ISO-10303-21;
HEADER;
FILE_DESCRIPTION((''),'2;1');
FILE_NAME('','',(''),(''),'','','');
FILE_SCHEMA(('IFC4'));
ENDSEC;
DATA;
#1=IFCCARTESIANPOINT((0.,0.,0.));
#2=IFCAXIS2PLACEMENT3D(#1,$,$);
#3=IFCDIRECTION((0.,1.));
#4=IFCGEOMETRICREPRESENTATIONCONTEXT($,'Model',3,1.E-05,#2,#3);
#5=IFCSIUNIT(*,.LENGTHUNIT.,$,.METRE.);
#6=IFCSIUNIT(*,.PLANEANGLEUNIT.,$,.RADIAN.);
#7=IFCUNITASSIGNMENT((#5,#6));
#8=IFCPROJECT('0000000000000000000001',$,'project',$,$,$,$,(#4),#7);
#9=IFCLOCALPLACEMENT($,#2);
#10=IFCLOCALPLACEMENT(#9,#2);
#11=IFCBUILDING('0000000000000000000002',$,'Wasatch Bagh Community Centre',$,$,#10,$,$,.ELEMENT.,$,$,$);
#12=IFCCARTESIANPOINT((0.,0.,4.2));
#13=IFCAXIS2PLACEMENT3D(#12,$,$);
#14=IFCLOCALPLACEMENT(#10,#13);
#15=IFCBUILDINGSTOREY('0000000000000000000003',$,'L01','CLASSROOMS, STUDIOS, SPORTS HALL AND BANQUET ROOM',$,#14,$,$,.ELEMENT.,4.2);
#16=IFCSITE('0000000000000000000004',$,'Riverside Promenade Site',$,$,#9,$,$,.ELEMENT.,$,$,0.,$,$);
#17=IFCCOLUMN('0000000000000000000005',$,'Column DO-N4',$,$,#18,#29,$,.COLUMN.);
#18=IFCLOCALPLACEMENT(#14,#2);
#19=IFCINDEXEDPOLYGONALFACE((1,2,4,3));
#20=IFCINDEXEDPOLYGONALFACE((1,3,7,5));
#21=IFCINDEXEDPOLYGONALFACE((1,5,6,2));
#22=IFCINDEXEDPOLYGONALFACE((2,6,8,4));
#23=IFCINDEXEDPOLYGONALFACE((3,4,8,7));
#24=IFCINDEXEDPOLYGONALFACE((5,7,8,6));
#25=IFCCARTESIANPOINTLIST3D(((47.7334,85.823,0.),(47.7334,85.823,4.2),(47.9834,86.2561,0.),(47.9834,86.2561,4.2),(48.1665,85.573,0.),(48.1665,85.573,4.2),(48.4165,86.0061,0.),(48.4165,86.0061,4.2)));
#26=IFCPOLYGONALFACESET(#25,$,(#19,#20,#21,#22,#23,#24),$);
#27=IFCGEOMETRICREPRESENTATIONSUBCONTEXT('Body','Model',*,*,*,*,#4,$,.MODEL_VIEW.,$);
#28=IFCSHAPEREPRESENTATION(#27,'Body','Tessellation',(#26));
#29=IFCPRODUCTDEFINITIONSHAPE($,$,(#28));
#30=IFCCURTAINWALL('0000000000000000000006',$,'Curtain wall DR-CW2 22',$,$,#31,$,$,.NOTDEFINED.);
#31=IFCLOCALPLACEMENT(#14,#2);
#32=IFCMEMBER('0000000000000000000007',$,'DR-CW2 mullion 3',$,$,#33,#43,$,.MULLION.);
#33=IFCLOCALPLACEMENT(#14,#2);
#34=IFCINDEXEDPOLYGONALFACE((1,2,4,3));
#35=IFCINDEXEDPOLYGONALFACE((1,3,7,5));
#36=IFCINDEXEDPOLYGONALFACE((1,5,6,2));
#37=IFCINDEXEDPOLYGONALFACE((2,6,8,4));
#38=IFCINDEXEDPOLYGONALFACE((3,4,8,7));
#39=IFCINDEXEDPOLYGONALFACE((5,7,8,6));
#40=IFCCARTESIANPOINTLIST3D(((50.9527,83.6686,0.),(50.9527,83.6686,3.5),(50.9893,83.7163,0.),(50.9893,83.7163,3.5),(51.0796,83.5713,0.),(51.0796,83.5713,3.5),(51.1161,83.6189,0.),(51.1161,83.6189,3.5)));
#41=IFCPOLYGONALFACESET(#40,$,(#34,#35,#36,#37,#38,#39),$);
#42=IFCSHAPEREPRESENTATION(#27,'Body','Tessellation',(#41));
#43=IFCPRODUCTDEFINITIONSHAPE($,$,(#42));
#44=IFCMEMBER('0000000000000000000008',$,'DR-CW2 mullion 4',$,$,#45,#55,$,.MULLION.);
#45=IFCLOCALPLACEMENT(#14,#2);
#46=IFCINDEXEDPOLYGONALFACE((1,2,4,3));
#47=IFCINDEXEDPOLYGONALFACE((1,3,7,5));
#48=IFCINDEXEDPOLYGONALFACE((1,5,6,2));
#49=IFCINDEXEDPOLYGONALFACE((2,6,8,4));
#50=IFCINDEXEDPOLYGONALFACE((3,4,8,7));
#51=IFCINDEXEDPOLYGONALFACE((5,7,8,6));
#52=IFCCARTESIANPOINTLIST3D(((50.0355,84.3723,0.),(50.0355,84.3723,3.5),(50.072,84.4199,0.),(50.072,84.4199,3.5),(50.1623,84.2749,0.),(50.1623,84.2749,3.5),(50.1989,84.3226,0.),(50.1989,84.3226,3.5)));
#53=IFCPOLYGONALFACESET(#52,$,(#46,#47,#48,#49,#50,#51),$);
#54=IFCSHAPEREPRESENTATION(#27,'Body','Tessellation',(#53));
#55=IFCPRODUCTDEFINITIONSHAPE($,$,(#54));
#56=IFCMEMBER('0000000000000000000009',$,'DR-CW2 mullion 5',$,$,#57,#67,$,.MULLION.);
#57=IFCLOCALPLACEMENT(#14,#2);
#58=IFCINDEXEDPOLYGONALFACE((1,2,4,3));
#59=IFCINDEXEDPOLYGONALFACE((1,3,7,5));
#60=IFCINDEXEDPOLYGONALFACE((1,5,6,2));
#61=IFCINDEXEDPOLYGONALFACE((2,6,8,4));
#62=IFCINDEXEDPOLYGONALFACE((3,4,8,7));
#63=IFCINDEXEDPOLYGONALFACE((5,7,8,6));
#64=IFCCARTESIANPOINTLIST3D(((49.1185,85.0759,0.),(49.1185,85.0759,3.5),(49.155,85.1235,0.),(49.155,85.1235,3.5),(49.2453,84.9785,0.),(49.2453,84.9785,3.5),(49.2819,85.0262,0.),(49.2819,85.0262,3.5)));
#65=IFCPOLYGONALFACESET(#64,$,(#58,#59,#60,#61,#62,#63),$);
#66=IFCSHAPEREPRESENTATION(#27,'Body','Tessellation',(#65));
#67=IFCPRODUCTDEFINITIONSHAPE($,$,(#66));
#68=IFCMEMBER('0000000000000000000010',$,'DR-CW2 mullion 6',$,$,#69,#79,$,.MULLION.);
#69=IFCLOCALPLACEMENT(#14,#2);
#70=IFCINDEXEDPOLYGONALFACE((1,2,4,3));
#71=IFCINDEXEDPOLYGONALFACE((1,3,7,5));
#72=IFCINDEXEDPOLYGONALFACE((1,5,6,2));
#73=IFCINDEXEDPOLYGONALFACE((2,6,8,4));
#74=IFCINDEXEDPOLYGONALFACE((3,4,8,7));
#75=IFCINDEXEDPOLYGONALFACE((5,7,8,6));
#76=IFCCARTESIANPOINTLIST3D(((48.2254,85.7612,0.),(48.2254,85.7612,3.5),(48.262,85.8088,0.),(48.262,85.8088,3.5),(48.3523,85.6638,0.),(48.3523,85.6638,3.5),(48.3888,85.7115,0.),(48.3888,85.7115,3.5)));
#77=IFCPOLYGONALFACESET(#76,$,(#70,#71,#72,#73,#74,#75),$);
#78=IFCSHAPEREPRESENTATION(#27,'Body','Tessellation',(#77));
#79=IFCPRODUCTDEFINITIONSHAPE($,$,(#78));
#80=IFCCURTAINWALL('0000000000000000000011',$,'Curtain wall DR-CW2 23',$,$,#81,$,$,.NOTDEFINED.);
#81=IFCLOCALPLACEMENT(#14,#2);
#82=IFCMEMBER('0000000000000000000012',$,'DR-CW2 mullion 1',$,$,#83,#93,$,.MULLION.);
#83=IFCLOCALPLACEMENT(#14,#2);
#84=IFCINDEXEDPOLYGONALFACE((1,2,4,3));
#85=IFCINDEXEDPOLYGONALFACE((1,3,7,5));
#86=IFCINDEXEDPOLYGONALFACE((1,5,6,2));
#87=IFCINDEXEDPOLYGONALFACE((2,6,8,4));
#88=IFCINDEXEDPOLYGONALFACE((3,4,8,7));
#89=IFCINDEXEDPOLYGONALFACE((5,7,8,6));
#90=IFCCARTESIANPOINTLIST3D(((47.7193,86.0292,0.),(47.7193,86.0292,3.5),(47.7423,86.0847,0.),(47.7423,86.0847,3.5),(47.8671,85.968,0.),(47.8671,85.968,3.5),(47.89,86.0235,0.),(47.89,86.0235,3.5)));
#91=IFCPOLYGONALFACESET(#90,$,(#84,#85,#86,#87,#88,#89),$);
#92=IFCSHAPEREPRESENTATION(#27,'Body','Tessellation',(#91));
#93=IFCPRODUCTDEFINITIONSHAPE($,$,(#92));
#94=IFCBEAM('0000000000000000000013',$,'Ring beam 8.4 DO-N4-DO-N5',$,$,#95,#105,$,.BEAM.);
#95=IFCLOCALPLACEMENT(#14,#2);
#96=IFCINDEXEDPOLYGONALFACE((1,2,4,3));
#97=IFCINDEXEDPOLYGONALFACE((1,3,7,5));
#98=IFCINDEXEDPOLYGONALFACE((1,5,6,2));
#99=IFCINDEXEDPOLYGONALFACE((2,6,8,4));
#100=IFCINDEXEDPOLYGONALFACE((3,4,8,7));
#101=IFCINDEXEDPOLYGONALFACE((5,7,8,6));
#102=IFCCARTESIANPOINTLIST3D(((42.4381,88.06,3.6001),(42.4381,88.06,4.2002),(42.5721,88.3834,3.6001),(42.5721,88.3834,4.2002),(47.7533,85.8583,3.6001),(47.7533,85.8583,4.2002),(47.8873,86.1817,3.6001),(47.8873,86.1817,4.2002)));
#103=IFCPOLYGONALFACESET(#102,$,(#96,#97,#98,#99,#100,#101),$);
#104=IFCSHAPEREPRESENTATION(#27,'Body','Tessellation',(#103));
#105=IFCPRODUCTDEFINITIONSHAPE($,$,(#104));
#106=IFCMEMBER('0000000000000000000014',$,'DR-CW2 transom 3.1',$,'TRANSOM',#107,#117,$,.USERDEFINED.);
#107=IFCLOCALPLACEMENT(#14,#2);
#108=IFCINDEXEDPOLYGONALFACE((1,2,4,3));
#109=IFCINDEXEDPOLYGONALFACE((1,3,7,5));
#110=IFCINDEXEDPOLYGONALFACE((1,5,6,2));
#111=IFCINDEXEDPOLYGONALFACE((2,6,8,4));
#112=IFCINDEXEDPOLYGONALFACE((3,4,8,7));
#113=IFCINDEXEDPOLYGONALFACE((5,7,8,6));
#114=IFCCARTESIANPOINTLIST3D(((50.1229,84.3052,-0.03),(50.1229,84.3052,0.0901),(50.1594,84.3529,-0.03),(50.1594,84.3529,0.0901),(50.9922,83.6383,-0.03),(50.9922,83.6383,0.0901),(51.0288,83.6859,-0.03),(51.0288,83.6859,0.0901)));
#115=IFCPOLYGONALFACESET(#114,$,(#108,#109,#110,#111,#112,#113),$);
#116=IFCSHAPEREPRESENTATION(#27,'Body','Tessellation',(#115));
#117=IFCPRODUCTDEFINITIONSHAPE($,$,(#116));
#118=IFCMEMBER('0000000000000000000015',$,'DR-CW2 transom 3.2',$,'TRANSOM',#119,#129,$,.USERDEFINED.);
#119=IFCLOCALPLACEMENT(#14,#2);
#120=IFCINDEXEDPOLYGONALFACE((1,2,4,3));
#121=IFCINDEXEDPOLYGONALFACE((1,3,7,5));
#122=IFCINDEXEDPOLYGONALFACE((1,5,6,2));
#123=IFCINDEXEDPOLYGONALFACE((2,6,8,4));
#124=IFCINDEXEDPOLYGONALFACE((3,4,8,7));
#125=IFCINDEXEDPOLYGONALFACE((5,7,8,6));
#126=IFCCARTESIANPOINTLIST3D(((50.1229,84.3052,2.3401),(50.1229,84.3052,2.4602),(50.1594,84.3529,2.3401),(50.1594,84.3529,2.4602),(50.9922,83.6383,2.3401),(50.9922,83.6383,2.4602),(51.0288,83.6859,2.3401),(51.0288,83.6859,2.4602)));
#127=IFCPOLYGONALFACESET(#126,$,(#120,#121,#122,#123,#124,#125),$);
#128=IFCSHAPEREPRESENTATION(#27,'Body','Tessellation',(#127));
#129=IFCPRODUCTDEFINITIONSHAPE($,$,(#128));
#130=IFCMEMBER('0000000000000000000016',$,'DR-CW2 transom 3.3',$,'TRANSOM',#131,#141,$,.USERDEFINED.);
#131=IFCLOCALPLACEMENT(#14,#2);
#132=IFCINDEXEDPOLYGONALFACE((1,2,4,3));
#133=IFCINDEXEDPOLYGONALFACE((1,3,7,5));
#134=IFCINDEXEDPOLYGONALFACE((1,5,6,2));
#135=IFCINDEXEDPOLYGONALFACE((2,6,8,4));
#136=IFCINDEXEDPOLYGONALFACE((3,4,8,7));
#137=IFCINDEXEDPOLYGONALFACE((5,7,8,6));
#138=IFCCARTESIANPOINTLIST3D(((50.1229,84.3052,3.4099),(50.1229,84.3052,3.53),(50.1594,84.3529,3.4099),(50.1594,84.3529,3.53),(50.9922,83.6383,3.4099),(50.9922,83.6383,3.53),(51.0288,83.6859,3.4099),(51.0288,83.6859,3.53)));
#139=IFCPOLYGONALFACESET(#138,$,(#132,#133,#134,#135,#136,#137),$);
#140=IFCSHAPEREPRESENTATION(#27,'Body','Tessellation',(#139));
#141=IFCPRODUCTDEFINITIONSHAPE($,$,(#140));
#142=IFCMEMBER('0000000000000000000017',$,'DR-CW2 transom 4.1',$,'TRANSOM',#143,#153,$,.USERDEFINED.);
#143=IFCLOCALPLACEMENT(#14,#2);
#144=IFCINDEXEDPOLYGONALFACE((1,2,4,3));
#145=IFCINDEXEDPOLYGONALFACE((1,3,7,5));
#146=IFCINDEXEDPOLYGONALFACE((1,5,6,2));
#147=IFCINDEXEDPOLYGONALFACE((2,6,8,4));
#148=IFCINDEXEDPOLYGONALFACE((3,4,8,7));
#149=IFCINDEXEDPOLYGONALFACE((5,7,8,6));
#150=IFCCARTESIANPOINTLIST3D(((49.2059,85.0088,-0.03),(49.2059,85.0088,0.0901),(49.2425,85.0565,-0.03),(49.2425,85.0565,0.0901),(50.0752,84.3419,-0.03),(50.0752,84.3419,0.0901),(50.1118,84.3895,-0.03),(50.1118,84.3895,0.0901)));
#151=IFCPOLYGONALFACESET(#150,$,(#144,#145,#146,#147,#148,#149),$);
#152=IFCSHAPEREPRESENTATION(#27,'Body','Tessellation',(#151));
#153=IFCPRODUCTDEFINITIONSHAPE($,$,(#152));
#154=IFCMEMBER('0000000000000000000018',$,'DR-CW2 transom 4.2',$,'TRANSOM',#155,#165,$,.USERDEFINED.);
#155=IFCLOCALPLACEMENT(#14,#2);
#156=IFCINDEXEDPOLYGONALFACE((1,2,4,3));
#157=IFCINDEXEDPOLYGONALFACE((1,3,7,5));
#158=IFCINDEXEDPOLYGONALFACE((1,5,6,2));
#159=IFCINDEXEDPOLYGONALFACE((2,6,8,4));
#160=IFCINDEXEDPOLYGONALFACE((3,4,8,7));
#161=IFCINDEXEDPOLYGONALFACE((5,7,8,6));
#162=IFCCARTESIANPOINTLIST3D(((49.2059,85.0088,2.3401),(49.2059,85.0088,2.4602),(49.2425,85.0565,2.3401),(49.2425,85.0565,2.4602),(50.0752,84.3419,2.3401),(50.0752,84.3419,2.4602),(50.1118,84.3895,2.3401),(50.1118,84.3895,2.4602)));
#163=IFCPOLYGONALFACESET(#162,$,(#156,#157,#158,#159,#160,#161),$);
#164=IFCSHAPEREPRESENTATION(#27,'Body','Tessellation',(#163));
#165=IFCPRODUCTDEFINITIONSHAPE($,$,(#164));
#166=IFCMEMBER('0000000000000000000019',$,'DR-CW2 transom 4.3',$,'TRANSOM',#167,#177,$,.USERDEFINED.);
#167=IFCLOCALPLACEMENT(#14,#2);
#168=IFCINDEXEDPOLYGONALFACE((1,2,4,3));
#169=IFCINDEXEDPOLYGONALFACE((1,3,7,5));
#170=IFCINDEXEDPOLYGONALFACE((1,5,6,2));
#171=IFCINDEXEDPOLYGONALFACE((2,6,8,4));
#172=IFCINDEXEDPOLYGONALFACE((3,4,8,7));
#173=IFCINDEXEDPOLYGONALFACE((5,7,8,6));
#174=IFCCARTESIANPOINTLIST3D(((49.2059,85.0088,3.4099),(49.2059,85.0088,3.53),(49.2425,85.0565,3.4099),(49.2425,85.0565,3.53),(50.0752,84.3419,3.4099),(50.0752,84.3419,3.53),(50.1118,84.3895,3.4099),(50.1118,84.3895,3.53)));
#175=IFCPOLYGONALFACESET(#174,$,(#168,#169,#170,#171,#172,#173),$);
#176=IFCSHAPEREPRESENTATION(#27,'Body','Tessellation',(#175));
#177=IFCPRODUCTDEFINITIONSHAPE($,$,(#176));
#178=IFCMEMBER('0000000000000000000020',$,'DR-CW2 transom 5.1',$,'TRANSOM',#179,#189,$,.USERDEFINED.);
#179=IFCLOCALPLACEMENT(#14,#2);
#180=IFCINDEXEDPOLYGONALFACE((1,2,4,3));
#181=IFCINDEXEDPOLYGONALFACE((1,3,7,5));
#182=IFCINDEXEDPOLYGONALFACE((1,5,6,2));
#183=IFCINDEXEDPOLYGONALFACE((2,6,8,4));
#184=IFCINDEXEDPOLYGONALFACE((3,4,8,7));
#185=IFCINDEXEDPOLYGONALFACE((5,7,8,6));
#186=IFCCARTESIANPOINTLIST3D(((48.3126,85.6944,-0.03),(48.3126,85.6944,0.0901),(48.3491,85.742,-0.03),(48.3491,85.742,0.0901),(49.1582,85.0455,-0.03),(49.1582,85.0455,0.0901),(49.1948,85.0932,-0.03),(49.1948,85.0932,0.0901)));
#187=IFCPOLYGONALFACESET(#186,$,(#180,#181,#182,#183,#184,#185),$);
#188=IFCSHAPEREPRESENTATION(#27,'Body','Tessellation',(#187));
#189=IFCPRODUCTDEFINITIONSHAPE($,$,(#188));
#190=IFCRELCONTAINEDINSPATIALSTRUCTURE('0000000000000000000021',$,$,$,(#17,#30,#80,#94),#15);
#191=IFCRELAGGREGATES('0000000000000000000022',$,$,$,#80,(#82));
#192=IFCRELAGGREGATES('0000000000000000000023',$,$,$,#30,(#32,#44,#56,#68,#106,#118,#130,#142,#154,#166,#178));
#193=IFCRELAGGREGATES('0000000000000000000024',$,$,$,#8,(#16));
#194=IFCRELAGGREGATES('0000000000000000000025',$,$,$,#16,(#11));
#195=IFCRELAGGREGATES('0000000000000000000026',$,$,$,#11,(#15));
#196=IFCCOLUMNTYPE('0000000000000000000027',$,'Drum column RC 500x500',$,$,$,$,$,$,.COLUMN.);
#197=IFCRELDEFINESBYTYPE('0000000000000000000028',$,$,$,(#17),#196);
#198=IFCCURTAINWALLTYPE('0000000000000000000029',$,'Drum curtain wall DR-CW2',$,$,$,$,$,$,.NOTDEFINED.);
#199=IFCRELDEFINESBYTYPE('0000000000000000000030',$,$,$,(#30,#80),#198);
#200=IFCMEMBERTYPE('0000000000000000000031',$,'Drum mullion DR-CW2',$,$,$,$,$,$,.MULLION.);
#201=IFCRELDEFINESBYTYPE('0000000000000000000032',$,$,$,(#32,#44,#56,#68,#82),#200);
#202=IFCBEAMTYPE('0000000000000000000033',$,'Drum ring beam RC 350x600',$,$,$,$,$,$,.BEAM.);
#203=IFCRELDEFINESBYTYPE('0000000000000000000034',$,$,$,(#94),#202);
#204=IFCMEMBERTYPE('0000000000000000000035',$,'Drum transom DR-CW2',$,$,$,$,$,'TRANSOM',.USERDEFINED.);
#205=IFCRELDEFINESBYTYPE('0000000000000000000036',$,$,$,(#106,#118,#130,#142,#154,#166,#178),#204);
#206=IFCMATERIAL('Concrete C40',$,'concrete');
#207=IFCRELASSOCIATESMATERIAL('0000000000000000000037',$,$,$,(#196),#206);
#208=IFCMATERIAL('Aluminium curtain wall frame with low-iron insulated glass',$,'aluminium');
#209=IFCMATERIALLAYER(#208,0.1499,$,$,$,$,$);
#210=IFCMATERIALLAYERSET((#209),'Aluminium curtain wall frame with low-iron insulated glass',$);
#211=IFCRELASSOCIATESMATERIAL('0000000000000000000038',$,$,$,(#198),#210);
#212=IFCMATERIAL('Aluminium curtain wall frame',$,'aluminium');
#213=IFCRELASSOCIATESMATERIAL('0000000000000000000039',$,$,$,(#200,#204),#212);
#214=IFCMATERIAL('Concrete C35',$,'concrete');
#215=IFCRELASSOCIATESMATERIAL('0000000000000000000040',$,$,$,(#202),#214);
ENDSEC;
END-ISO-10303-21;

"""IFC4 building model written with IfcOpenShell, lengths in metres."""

from ifc_helpers import new_model, si_unit, direction, frame, origin, origin_2d, place, context, subcontext, project, spatial, rectangle, extrude, material, layer, layer_set, material_profile, profile_set, type_object, element, aggregate, save


model = new_model("IFC4")

# Units and contexts
model_context = context("Model", 3, precision=1e-05, world=origin(), true_north=direction((0.0, 1.0)))
body_context = subcontext(model_context, "Body", "Model", "MODEL_VIEW")
ifc_project = project(units=[si_unit("LENGTHUNIT", "METRE"), si_unit("PLANEANGLEUNIT", "RADIAN")], contexts=[model_context])

# Site, building, storey
site_placement = place(None, origin())
site = spatial("IfcSite", under=ifc_project, at=site_placement, Name="Riverside Promenade Site", CompositionType="ELEMENT", RefElevation=0.0)
building_placement = place(site_placement, origin())
building = spatial("IfcBuilding", under=site, at=building_placement, Name="Wasatch Bagh Community Centre", CompositionType="ELEMENT")
storey_placement = place(building_placement, frame((0.0, 0.0, 4.2)))
storey = spatial("IfcBuildingStorey", under=building, at=storey_placement, Name="L01", Description="CLASSROOMS, STUDIOS, SPORTS HALL AND BANQUET ROOM", CompositionType="ELEMENT", Elevation=4.2)

# Column
ifc_material_1 = material(Name="Concrete C40", Category="concrete")
ifc_material_profile_1 = material_profile(ifc_material_1, rectangle(XDim=0.5, YDim=0.5, at=origin_2d()), Name="RC 500x500")
ifc_profile_set_1 = profile_set([ifc_material_profile_1], Name="Concrete C40")
column_type = type_object("IfcColumnType", Name="Drum column RC 500x500", PredefinedType="COLUMN", material=ifc_profile_set_1)
column_placement = place(storey_placement, frame((48.075, 85.9146, 0.0), z_axis=(0.0, 0.0, 1.0), x_axis=(0.5, 0.866025, 0.0)))
element("IfcColumn", 1, at=column_placement, inside=storey, type_object=column_type, Name="Column DO-N4", PredefinedType="COLUMN", context=body_context, shape_type="SweptSolid", body=[
    extrude(rectangle(XDim=0.5, YDim=0.5, at=origin_2d()), origin(), (0.0, 0.0, 1.0), 4.2),
])

# Curtain wall, members
ifc_material_2 = material(Name="Aluminium curtain wall frame with low-iron insulated glass", Category="aluminium")
ifc_layer_1 = layer(ifc_material_2, 0.1499)
ifc_layer_set_1 = layer_set([ifc_layer_1], Name="Aluminium curtain wall frame with low-iron insulated glass")
curtain_wall_type = type_object("IfcCurtainWallType", Name="Drum curtain wall DR-CW2", PredefinedType="NOTDEFINED", material=ifc_layer_set_1)
curtain_wall_1_placement = place(storey_placement, origin())
curtain_wall_1 = element("IfcCurtainWall", 2, at=curtain_wall_1_placement, inside=storey, type_object=curtain_wall_type, Name="Curtain wall DR-CW2 22", PredefinedType="NOTDEFINED")
ifc_material_3 = material(Name="Aluminium curtain wall frame", Category="aluminium")
ifc_material_profile_2 = material_profile(ifc_material_3, rectangle(XDim=0.0601, YDim=0.1599, at=origin_2d()), Name="Drum mullion DR-CW2")
ifc_profile_set_2 = profile_set([ifc_material_profile_2], Name="Aluminium curtain wall frame")
member_type_1 = type_object("IfcMemberType", Name="Drum mullion DR-CW2", PredefinedType="MULLION", material=ifc_profile_set_2)
member_1_placement = place(storey_placement, frame((51.0344, 83.6438, 0.0), z_axis=(0.0, 0.0, 1.0), x_axis=(-0.608761, -0.793353, 0.0)))
member_1 = element("IfcMember", 3, at=member_1_placement, type_object=member_type_1, Name="DR-CW2 mullion 3", PredefinedType="MULLION", context=body_context, shape_type="SweptSolid", body=[
    extrude(rectangle(XDim=0.0601, YDim=0.1599, at=origin_2d()), origin(), (0.0, 0.0, 1.0), 3.5),
])
member_2_placement = place(storey_placement, frame((50.1172, 84.3474, 0.0), z_axis=(0.0, 0.0, 1.0), x_axis=(-0.608761, -0.793353, 0.0)))
member_2 = element("IfcMember", 4, at=member_2_placement, type_object=member_type_1, Name="DR-CW2 mullion 4", PredefinedType="MULLION", context=body_context, shape_type="SweptSolid", body=[
    extrude(rectangle(XDim=0.0601, YDim=0.1599, at=origin_2d()), origin(), (0.0, 0.0, 1.0), 3.5),
])
member_3_placement = place(storey_placement, frame((49.2002, 85.051, 0.0), z_axis=(0.0, 0.0, 1.0), x_axis=(-0.608761, -0.793353, 0.0)))
member_3 = element("IfcMember", 5, at=member_3_placement, type_object=member_type_1, Name="DR-CW2 mullion 5", PredefinedType="MULLION", context=body_context, shape_type="SweptSolid", body=[
    extrude(rectangle(XDim=0.0601, YDim=0.1599, at=origin_2d()), origin(), (0.0, 0.0, 1.0), 3.5),
])
member_4_placement = place(storey_placement, frame((48.3071, 85.7363, 0.0), z_axis=(0.0, 0.0, 1.0), x_axis=(-0.608761, -0.793353, 0.0)))
member_4 = element("IfcMember", 6, at=member_4_placement, type_object=member_type_1, Name="DR-CW2 mullion 6", PredefinedType="MULLION", context=body_context, shape_type="SweptSolid", body=[
    extrude(rectangle(XDim=0.0601, YDim=0.1599, at=origin_2d()), origin(), (0.0, 0.0, 1.0), 3.5),
])

# Curtain wall, member
curtain_wall_2_placement = place(storey_placement, origin())
curtain_wall_2 = element("IfcCurtainWall", 7, at=curtain_wall_2_placement, inside=storey, type_object=curtain_wall_type, Name="Curtain wall DR-CW2 23", PredefinedType="NOTDEFINED")
member_5_placement = place(storey_placement, frame((47.8047, 86.0264, 0.0), z_axis=(0.0, 0.0, 1.0), x_axis=(-0.382683, -0.92388, 0.0)))
member_5 = element("IfcMember", 8, at=member_5_placement, type_object=member_type_1, Name="DR-CW2 mullion 1", PredefinedType="MULLION", context=body_context, shape_type="SweptSolid", body=[
    extrude(rectangle(XDim=0.0601, YDim=0.1599, at=origin_2d()), origin(), (0.0, 0.0, 1.0), 3.5),
])
aggregate(curtain_wall_2, [member_5])

# Beam
ifc_material_4 = material(Name="Concrete C35", Category="concrete")
ifc_material_profile_3 = material_profile(ifc_material_4, rectangle(XDim=0.3501, YDim=0.6001, at=origin_2d()), Name="RC 350x600")
ifc_profile_set_3 = profile_set([ifc_material_profile_3], Name="Concrete C35")
beam_type = type_object("IfcBeamType", Name="Drum ring beam RC 350x600", PredefinedType="BEAM", material=ifc_profile_set_3)
beam_placement = place(storey_placement, frame((47.8203, 86.02, 3.9001), z_axis=(-0.923877, 0.382689, 0.0), x_axis=(-0.382689, -0.923877, 0.0)))
element("IfcBeam", 9, at=beam_placement, inside=storey, type_object=beam_type, Name="Ring beam 8.4 DO-N4-DO-N5", PredefinedType="BEAM", context=body_context, shape_type="SweptSolid", body=[
    extrude(rectangle(XDim=0.3501, YDim=0.6001, at=origin_2d()), origin(), (0.0, 0.0, 1.0), 5.7532),
])

# Members
ifc_material_profile_4 = material_profile(ifc_material_3, rectangle(XDim=0.0601, YDim=0.1201, at=origin_2d()), Name="Drum transom DR-CW2")
ifc_profile_set_4 = profile_set([ifc_material_profile_4], Name="Aluminium curtain wall frame")
member_type_2 = type_object("IfcMemberType", Name="Drum transom DR-CW2", ElementType="TRANSOM", PredefinedType="USERDEFINED", material=ifc_profile_set_4)
member_6_placement = place(storey_placement, frame((51.0105, 83.6621, 0.03), z_axis=(-0.793402, 0.608698, 0.0), x_axis=(-0.608698, -0.793402, 0.0)))
member_6 = element("IfcMember", 10, at=member_6_placement, type_object=member_type_2, Name="DR-CW2 transom 3.1", ObjectType="TRANSOM", PredefinedType="USERDEFINED", context=body_context, shape_type="SweptSolid", body=[
    extrude(rectangle(XDim=0.0601, YDim=0.1201, at=origin_2d()), origin(), (0.0, 0.0, 1.0), 1.0957),
])
member_7_placement = place(storey_placement, frame((51.0105, 83.6621, 2.4001), z_axis=(-0.793402, 0.608698, 0.0), x_axis=(-0.608698, -0.793402, 0.0)))
member_7 = element("IfcMember", 11, at=member_7_placement, type_object=member_type_2, Name="DR-CW2 transom 3.2", ObjectType="TRANSOM", PredefinedType="USERDEFINED", context=body_context, shape_type="SweptSolid", body=[
    extrude(rectangle(XDim=0.0601, YDim=0.1201, at=origin_2d()), origin(), (0.0, 0.0, 1.0), 1.0957),
])
member_8_placement = place(storey_placement, frame((51.0105, 83.6621, 3.47), z_axis=(-0.793402, 0.608698, 0.0), x_axis=(-0.608698, -0.793402, 0.0)))
member_8 = element("IfcMember", 12, at=member_8_placement, type_object=member_type_2, Name="DR-CW2 transom 3.3", ObjectType="TRANSOM", PredefinedType="USERDEFINED", context=body_context, shape_type="SweptSolid", body=[
    extrude(rectangle(XDim=0.0601, YDim=0.1201, at=origin_2d()), origin(), (0.0, 0.0, 1.0), 1.0957),
])
member_9_placement = place(storey_placement, frame((50.0935, 84.3657, 0.03), z_axis=(-0.793402, 0.608698, 0.0), x_axis=(-0.608698, -0.793402, 0.0)))
member_9 = element("IfcMember", 13, at=member_9_placement, type_object=member_type_2, Name="DR-CW2 transom 4.1", ObjectType="TRANSOM", PredefinedType="USERDEFINED", context=body_context, shape_type="SweptSolid", body=[
    extrude(rectangle(XDim=0.0601, YDim=0.1201, at=origin_2d()), origin(), (0.0, 0.0, 1.0), 1.0957),
])
member_10_placement = place(storey_placement, frame((50.0935, 84.3657, 2.4001), z_axis=(-0.793402, 0.608698, 0.0), x_axis=(-0.608698, -0.793402, 0.0)))
member_10 = element("IfcMember", 14, at=member_10_placement, type_object=member_type_2, Name="DR-CW2 transom 4.2", ObjectType="TRANSOM", PredefinedType="USERDEFINED", context=body_context, shape_type="SweptSolid", body=[
    extrude(rectangle(XDim=0.0601, YDim=0.1201, at=origin_2d()), origin(), (0.0, 0.0, 1.0), 1.0957),
])
member_11_placement = place(storey_placement, frame((50.0935, 84.3657, 3.47), z_axis=(-0.793402, 0.608698, 0.0), x_axis=(-0.608698, -0.793402, 0.0)))
member_11 = element("IfcMember", 15, at=member_11_placement, type_object=member_type_2, Name="DR-CW2 transom 4.3", ObjectType="TRANSOM", PredefinedType="USERDEFINED", context=body_context, shape_type="SweptSolid", body=[
    extrude(rectangle(XDim=0.0601, YDim=0.1201, at=origin_2d()), origin(), (0.0, 0.0, 1.0), 1.0957),
])
member_12_placement = place(storey_placement, frame((49.1765, 85.0693, 0.03), z_axis=(-0.793356, 0.608758, 0.0), x_axis=(-0.608758, -0.793356, 0.0)))
member_12 = element("IfcMember", 16, at=member_12_placement, type_object=member_type_2, Name="DR-CW2 transom 5.1", ObjectType="TRANSOM", PredefinedType="USERDEFINED", context=body_context, shape_type="SweptSolid", body=[
    extrude(rectangle(XDim=0.0601, YDim=0.1201, at=origin_2d()), origin(), (0.0, 0.0, 1.0), 1.0659),
])

aggregate(curtain_wall_1, [member_1, member_2, member_3, member_4, member_6, member_7, member_8, member_9, member_10, member_11, member_12])

save(model, "model.ifc")
